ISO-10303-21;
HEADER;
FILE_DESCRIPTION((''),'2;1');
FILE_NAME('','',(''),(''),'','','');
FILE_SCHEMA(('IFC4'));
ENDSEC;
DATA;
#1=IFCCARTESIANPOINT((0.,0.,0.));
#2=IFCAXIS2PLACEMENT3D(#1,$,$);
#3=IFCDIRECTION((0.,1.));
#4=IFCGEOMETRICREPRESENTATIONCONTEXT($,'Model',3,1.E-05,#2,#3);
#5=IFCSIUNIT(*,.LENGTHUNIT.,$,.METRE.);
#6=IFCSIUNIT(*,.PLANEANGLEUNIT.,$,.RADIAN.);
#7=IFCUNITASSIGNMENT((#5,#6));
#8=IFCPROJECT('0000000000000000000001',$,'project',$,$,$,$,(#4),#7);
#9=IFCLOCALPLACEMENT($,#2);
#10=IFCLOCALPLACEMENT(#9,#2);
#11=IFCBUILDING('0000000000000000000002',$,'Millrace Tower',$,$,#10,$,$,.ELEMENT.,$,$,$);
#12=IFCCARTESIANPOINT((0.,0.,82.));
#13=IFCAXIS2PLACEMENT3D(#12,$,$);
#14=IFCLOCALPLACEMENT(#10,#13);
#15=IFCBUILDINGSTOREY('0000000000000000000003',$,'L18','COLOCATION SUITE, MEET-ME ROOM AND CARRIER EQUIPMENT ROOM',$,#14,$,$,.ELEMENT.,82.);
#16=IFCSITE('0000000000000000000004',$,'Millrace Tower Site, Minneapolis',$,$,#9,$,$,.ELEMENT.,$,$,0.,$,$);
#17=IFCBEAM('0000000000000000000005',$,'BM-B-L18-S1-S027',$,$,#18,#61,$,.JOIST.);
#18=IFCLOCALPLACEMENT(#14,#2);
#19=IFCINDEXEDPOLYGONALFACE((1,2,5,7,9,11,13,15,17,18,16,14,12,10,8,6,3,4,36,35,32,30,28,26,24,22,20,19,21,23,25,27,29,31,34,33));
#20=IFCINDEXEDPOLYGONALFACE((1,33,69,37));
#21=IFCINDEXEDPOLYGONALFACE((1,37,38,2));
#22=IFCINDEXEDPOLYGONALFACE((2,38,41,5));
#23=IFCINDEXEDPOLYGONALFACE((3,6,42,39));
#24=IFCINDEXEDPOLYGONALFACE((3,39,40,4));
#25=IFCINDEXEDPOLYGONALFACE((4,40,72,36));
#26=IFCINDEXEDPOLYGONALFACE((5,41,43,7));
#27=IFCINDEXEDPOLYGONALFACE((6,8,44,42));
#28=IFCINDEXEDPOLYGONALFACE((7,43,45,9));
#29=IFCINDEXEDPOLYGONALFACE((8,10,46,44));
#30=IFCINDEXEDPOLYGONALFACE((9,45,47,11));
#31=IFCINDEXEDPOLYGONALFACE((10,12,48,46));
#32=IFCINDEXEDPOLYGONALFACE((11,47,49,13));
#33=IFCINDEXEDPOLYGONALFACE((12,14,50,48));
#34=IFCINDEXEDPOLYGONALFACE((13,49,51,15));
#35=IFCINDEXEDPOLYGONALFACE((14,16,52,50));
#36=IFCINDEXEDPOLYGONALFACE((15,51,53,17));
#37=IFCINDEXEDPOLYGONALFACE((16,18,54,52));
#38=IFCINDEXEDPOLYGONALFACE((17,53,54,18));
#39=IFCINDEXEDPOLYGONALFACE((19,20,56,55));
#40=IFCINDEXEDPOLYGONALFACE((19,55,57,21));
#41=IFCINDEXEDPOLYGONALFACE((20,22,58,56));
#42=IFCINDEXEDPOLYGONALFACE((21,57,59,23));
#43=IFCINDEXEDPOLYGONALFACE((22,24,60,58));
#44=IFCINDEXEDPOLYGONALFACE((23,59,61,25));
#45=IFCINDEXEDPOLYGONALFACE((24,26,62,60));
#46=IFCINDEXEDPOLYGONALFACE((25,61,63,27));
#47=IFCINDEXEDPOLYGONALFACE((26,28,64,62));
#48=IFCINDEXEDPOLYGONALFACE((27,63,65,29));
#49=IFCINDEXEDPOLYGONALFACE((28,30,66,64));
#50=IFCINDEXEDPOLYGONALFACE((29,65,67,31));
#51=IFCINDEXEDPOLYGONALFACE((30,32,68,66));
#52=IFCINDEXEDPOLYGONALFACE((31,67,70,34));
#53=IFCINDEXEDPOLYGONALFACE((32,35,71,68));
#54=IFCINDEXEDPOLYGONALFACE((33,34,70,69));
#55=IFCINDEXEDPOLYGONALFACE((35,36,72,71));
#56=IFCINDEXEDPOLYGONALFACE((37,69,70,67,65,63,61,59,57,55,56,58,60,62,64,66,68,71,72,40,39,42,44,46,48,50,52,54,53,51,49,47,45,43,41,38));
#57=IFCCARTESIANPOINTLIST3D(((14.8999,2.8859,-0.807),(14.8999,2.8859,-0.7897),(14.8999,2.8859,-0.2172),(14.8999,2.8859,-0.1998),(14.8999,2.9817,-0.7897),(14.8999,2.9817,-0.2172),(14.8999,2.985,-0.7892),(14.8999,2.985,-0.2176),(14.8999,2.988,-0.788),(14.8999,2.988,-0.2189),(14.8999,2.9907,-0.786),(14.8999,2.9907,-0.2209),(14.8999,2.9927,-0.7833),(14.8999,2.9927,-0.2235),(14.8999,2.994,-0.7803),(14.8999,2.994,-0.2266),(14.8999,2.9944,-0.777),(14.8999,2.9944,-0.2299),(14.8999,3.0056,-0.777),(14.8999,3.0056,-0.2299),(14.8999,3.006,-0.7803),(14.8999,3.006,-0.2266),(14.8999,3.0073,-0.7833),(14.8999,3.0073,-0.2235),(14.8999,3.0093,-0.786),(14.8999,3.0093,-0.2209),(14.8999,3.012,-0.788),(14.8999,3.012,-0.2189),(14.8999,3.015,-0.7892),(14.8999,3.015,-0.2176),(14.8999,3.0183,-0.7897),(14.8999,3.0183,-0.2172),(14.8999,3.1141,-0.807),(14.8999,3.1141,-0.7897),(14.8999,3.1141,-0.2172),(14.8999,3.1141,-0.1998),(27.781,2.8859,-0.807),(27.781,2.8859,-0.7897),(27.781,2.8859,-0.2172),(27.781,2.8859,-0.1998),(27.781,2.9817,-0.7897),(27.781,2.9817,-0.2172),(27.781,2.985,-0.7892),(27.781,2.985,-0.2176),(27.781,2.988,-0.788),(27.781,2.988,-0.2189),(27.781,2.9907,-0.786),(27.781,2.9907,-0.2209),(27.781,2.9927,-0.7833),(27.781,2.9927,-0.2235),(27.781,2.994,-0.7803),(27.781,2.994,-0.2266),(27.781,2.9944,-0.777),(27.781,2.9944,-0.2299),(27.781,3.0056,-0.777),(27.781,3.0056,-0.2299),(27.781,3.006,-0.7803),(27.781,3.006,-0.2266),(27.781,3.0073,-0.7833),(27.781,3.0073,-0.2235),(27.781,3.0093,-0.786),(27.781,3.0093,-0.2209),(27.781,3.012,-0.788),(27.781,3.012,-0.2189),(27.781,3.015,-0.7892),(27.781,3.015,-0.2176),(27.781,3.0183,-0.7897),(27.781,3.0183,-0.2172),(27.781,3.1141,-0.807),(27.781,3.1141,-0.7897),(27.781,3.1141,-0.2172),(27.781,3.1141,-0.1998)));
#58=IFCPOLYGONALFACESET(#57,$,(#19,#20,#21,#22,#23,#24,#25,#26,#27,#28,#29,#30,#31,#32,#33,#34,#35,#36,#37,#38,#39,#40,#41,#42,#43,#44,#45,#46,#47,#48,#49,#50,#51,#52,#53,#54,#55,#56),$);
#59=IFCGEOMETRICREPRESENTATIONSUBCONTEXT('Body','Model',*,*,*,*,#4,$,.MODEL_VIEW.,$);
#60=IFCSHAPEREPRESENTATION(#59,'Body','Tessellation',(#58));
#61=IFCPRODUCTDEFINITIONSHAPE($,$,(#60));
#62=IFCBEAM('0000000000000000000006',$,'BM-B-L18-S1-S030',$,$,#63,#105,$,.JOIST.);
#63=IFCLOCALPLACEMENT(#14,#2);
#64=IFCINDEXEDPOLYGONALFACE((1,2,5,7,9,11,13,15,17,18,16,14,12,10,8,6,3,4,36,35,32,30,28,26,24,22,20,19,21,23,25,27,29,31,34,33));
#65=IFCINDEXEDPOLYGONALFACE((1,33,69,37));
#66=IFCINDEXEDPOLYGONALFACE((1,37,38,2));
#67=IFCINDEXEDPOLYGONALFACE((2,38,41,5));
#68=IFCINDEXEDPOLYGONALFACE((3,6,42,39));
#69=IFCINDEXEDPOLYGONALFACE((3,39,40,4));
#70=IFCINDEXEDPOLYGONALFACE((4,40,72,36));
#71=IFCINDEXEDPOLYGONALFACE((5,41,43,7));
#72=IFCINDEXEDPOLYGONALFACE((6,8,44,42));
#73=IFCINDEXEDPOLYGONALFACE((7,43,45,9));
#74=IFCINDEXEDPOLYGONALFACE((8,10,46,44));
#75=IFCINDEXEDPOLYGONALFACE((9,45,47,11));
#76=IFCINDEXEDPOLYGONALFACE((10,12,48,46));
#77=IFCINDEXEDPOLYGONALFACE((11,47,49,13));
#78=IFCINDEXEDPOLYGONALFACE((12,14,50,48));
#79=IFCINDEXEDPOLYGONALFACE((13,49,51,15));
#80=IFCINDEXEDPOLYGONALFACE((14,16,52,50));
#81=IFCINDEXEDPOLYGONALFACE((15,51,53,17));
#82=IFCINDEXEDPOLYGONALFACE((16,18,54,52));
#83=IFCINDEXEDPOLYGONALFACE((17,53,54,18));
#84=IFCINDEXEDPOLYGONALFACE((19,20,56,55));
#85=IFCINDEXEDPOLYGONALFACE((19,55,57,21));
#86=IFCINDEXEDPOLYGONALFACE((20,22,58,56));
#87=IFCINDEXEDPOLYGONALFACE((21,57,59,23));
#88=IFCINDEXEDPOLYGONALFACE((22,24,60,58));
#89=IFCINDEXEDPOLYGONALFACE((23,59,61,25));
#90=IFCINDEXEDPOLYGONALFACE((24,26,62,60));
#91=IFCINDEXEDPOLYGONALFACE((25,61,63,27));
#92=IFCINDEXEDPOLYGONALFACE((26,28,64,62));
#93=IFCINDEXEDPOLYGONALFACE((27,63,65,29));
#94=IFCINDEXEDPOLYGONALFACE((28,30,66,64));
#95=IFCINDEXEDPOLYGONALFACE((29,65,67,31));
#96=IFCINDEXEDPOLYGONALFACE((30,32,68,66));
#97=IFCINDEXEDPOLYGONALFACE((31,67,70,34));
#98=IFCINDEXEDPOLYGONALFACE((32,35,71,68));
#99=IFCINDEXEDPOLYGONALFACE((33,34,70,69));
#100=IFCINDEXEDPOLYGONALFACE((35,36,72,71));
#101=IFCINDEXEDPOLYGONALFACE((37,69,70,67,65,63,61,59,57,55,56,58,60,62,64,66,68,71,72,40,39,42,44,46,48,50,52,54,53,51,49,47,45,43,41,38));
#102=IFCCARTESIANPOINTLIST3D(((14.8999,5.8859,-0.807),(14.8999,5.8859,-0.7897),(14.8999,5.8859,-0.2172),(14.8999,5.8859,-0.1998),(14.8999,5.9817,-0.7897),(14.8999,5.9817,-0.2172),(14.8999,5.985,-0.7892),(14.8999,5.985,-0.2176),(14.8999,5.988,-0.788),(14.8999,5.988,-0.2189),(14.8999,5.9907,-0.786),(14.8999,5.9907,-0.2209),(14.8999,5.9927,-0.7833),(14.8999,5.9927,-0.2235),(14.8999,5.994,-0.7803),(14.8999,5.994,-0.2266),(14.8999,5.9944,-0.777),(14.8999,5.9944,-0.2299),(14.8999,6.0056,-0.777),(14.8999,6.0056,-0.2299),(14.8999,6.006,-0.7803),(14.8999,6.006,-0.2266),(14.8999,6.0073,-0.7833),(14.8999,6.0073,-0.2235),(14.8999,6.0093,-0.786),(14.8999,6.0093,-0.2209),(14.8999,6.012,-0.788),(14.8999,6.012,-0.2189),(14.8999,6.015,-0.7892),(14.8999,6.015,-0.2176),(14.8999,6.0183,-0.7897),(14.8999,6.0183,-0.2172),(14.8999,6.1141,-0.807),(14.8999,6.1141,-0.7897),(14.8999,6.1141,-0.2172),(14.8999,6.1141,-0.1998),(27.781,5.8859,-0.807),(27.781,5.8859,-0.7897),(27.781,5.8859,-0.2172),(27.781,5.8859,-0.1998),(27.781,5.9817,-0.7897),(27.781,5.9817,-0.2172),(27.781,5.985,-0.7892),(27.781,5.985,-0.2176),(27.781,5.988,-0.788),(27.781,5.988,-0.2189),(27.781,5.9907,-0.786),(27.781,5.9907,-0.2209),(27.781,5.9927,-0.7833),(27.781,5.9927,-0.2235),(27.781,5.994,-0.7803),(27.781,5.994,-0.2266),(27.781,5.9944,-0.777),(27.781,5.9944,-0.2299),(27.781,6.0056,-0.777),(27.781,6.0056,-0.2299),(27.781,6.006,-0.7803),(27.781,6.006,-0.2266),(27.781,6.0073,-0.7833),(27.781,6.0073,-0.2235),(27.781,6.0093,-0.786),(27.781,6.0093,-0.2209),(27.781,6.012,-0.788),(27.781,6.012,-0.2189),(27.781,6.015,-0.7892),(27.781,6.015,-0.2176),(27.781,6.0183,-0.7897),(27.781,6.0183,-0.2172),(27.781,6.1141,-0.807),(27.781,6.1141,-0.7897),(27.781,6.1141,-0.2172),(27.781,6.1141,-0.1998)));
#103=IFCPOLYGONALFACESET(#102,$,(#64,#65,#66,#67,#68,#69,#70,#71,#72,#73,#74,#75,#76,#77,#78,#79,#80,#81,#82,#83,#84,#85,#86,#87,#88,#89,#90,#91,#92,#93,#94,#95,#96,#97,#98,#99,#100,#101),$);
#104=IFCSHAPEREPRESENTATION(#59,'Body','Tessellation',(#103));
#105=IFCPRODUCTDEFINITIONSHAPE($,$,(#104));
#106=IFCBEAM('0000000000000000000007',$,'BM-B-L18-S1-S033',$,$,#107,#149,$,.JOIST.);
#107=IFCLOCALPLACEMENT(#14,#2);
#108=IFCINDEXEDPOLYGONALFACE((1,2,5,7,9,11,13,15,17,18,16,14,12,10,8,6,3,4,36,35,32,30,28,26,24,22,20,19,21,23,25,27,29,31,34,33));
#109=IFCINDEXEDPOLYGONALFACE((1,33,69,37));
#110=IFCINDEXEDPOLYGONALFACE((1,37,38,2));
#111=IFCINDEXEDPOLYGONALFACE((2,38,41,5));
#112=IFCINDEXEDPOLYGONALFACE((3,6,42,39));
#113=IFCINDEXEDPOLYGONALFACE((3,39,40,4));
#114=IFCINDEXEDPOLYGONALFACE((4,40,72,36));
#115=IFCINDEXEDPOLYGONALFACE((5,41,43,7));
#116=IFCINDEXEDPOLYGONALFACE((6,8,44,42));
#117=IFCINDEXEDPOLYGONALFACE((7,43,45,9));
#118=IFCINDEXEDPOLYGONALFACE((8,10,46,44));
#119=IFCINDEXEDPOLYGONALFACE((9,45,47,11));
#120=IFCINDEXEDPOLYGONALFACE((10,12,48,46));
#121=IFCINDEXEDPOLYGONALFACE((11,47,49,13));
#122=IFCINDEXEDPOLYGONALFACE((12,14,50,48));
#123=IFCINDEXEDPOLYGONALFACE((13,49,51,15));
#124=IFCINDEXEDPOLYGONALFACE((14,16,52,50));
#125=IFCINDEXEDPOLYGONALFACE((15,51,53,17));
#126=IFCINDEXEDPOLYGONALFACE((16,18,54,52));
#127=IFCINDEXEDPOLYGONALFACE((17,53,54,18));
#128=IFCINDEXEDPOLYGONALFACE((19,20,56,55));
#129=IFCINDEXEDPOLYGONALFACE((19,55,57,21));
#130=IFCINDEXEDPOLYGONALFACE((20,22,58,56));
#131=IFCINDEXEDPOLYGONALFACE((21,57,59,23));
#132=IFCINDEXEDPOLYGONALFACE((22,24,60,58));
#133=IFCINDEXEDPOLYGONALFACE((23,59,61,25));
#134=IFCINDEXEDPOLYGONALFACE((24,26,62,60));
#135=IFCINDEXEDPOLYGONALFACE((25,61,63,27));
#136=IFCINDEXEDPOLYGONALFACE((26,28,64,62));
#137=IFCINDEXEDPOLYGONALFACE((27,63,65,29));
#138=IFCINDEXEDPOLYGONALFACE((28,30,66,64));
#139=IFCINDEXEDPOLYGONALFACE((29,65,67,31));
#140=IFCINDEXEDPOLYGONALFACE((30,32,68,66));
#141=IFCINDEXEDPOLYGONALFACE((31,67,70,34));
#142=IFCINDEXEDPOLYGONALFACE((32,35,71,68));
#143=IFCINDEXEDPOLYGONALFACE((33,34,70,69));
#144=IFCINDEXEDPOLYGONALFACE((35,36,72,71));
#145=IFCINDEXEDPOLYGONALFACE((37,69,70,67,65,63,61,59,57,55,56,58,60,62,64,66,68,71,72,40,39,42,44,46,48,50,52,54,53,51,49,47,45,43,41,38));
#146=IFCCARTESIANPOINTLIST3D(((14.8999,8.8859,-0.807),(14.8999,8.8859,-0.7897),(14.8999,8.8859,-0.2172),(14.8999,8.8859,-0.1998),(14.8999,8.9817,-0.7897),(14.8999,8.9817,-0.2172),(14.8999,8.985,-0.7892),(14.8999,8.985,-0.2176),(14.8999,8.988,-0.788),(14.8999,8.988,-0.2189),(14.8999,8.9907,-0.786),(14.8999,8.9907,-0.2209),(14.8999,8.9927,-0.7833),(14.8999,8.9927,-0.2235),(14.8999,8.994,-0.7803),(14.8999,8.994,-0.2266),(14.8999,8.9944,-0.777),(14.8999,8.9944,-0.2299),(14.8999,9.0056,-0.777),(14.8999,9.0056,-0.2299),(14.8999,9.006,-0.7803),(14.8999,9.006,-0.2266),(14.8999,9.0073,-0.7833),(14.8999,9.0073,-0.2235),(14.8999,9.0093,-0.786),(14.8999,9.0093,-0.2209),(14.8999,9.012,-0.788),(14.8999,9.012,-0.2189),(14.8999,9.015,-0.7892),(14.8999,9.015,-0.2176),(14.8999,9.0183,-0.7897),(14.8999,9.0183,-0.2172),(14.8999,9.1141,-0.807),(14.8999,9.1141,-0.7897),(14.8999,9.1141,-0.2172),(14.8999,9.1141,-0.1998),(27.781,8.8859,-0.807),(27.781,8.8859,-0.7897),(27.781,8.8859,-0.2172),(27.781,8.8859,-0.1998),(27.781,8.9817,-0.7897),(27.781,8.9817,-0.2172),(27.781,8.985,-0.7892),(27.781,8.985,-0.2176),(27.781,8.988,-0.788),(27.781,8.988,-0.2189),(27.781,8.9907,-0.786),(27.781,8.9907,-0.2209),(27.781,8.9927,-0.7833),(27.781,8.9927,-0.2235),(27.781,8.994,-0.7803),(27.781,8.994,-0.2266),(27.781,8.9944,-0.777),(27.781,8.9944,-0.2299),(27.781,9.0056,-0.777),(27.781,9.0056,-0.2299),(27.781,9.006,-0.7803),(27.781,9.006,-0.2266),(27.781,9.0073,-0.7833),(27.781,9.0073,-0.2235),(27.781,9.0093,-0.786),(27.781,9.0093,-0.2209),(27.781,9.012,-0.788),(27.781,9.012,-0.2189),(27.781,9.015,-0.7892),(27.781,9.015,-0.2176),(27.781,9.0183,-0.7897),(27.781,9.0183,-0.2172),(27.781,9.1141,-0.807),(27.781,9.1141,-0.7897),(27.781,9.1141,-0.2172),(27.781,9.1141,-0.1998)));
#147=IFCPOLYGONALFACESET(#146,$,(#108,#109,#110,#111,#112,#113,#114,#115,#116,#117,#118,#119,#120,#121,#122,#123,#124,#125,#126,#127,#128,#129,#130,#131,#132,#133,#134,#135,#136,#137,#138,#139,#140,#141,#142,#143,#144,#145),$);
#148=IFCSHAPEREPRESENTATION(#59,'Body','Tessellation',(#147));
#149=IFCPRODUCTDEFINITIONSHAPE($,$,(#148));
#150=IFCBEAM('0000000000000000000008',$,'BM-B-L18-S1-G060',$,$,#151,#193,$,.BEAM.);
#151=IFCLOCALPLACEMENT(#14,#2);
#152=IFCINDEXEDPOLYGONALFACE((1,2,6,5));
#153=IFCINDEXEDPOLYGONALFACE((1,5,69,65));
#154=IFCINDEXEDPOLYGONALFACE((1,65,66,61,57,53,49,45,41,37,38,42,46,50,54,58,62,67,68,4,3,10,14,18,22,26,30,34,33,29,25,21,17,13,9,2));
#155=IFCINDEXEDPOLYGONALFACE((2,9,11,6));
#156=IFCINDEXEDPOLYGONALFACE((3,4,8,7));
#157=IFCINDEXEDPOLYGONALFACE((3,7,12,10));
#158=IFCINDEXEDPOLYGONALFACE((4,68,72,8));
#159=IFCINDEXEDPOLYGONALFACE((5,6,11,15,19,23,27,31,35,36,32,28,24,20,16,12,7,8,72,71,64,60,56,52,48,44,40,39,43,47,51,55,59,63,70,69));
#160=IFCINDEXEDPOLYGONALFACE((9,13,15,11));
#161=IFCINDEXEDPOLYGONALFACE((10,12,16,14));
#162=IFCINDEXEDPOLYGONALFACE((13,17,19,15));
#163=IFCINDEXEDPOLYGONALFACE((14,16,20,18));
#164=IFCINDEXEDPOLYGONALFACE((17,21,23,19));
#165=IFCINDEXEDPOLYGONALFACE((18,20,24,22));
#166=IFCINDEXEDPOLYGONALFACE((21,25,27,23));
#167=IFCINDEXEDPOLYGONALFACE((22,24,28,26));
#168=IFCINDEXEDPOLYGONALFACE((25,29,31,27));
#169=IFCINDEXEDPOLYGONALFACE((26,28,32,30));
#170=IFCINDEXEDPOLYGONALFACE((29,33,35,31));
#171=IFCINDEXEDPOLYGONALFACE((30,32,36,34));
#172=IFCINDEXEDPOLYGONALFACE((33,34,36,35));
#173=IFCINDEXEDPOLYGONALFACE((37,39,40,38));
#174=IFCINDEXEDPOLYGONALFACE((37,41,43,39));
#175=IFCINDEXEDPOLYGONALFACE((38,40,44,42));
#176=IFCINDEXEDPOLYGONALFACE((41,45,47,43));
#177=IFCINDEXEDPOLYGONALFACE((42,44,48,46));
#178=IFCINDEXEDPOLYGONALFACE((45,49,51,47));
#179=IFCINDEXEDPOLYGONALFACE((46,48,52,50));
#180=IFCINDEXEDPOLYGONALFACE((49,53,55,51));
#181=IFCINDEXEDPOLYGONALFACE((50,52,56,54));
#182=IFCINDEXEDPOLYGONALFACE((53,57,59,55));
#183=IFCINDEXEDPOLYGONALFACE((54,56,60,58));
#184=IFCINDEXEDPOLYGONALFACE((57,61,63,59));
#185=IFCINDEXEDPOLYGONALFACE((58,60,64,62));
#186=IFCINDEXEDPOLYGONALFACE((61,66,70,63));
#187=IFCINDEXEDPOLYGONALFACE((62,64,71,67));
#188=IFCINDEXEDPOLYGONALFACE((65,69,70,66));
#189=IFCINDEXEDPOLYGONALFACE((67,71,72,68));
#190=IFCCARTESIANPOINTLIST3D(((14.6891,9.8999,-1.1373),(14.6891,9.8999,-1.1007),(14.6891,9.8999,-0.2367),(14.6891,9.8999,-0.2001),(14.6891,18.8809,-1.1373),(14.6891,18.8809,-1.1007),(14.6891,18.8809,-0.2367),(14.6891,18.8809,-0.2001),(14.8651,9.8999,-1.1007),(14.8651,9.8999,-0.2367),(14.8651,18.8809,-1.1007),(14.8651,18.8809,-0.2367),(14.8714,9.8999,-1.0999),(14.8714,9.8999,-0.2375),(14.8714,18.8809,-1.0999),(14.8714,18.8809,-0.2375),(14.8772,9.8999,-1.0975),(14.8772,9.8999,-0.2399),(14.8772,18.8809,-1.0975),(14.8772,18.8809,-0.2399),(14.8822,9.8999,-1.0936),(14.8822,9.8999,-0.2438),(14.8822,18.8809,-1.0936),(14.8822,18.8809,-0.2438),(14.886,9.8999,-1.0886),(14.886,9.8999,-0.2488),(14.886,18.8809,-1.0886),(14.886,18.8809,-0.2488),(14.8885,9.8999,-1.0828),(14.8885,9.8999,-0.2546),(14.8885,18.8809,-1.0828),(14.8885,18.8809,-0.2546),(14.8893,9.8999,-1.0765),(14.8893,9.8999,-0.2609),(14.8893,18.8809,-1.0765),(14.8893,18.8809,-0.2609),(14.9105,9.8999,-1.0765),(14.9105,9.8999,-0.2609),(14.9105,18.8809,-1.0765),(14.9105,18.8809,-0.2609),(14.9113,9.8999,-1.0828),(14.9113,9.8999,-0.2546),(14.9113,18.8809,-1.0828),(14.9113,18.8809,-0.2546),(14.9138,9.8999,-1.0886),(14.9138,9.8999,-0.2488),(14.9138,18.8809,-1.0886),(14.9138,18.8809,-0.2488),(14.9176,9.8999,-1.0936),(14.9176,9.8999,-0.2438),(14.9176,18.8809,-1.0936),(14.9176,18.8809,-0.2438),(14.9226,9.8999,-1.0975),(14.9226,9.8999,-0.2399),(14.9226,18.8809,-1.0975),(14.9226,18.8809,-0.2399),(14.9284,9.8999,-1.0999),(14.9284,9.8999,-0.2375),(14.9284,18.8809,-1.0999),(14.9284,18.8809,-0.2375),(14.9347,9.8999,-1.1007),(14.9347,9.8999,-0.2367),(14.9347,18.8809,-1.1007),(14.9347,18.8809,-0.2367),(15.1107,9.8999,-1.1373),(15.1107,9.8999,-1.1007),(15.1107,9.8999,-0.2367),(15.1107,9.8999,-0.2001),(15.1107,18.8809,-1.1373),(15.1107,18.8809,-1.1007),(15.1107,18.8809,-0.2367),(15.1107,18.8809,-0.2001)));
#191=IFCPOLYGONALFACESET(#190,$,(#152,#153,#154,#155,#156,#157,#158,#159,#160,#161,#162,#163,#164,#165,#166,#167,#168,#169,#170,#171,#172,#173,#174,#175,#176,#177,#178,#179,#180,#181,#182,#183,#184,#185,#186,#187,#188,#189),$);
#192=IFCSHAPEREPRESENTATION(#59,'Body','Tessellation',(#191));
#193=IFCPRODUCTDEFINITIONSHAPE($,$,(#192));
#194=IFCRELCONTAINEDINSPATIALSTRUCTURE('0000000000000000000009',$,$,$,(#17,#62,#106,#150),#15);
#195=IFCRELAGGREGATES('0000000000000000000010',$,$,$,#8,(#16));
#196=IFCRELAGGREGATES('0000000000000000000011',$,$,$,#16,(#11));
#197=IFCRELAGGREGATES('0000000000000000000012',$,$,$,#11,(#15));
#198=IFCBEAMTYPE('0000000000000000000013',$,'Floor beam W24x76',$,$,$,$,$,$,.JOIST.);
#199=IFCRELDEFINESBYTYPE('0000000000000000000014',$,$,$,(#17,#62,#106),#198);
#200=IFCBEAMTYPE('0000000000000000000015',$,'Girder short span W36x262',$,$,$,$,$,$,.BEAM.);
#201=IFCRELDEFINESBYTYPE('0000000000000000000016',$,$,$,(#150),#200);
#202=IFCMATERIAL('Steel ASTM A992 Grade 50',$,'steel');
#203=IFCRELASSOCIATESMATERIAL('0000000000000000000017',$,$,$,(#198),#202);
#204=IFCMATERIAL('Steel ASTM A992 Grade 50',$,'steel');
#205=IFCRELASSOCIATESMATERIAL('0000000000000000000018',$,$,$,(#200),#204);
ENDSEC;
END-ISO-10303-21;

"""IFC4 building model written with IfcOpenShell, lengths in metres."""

from ifc_helpers import new_model, si_unit, direction, frame, origin, origin_2d, place, context, subcontext, project, spatial, i_section, extrude, material, material_profile, profile_set, type_object, element, save


model = new_model("IFC4")

# Units and contexts
model_context = context("Model", 3, precision=1e-05, world=origin(), true_north=direction((0.0, 1.0)))
body_context = subcontext(model_context, "Body", "Model", "MODEL_VIEW")
ifc_project = project(units=[si_unit("LENGTHUNIT", "METRE"), si_unit("PLANEANGLEUNIT", "RADIAN")], contexts=[model_context])

# Site, building, storey
site_placement = place(None, origin())
site = spatial("IfcSite", under=ifc_project, at=site_placement, Name="Millrace Tower Site, Minneapolis", CompositionType="ELEMENT", RefElevation=0.0)
building_placement = place(site_placement, origin())
building = spatial("IfcBuilding", under=site, at=building_placement, Name="Millrace Tower", CompositionType="ELEMENT")
storey_placement = place(building_placement, frame((0.0, 0.0, 82.0)))
storey = spatial("IfcBuildingStorey", under=building, at=storey_placement, Name="L18", Description="COLOCATION SUITE, MEET-ME ROOM AND CARRIER EQUIPMENT ROOM", CompositionType="ELEMENT", Elevation=82.0)

# Beams
ifc_material_1 = material(Name="Steel ASTM A992 Grade 50", Category="steel")
ifc_material_profile_1 = material_profile(ifc_material_1, i_section(OverallWidth=0.2283, OverallDepth=0.6072, WebThickness=0.0112, FlangeThickness=0.0173, FilletRadius=0.0127, at=origin_2d()))
ifc_profile_set_1 = profile_set([ifc_material_profile_1], Name="Steel ASTM A992 Grade 50")
beam_type_1 = type_object("IfcBeamType", Name="Floor beam W24x76", PredefinedType="JOIST", material=ifc_profile_set_1)
for number, where, z_axis, x_axis, name in (
    (1, (14.8999, 3.0, -0.5034), (1.0, 0.0, 0.0), (0.0, 1.0, 0.0), "BM-B-L18-S1-S027"),
    (2, (14.8999, 6.0, -0.5034), (1.0, 0.0, 0.0), (0.0, 1.0, 0.0), "BM-B-L18-S1-S030"),
    (3, (14.8999, 9.0, -0.5034), (1.0, 0.0, 0.0), (0.0, 1.0, 0.0), "BM-B-L18-S1-S033"),
):
    element("IfcBeam", number, at=place(storey_placement, frame(where, z_axis=z_axis, x_axis=x_axis)), inside=storey, type_object=beam_type_1, Name=name, PredefinedType="JOIST", context=body_context, shape_type="SweptSolid", body=[
        extrude(i_section(OverallWidth=0.2283, OverallDepth=0.6072, WebThickness=0.0112, FlangeThickness=0.0173, FilletRadius=0.0127, at=origin_2d()), origin(), (0.0, 0.0, 1.0), 12.8811),
    ])
ifc_material_2 = material(Name="Steel ASTM A992 Grade 50", Category="steel")
ifc_material_profile_2 = material_profile(ifc_material_2, i_section(OverallWidth=0.4216, OverallDepth=0.9373, WebThickness=0.0212, FlangeThickness=0.0366, FilletRadius=0.0242, at=origin_2d()))
ifc_profile_set_2 = profile_set([ifc_material_profile_2], Name="Steel ASTM A992 Grade 50")
beam_type_2 = type_object("IfcBeamType", Name="Girder short span W36x262", PredefinedType="BEAM", material=ifc_profile_set_2)
beam_1_placement = place(storey_placement, frame((14.8999, 9.8999, -0.6687), z_axis=(0.0, 1.0, 0.0), x_axis=(-1.0, 0.0, 0.0)))
element("IfcBeam", 4, at=beam_1_placement, inside=storey, type_object=beam_type_2, Name="BM-B-L18-S1-G060", PredefinedType="BEAM", context=body_context, shape_type="SweptSolid", body=[
    extrude(i_section(OverallWidth=0.4216, OverallDepth=0.9373, WebThickness=0.0212, FlangeThickness=0.0366, FilletRadius=0.0242, at=origin_2d()), origin(), (0.0, 0.0, 1.0), 8.981),
])

save(model, "model.ifc")
